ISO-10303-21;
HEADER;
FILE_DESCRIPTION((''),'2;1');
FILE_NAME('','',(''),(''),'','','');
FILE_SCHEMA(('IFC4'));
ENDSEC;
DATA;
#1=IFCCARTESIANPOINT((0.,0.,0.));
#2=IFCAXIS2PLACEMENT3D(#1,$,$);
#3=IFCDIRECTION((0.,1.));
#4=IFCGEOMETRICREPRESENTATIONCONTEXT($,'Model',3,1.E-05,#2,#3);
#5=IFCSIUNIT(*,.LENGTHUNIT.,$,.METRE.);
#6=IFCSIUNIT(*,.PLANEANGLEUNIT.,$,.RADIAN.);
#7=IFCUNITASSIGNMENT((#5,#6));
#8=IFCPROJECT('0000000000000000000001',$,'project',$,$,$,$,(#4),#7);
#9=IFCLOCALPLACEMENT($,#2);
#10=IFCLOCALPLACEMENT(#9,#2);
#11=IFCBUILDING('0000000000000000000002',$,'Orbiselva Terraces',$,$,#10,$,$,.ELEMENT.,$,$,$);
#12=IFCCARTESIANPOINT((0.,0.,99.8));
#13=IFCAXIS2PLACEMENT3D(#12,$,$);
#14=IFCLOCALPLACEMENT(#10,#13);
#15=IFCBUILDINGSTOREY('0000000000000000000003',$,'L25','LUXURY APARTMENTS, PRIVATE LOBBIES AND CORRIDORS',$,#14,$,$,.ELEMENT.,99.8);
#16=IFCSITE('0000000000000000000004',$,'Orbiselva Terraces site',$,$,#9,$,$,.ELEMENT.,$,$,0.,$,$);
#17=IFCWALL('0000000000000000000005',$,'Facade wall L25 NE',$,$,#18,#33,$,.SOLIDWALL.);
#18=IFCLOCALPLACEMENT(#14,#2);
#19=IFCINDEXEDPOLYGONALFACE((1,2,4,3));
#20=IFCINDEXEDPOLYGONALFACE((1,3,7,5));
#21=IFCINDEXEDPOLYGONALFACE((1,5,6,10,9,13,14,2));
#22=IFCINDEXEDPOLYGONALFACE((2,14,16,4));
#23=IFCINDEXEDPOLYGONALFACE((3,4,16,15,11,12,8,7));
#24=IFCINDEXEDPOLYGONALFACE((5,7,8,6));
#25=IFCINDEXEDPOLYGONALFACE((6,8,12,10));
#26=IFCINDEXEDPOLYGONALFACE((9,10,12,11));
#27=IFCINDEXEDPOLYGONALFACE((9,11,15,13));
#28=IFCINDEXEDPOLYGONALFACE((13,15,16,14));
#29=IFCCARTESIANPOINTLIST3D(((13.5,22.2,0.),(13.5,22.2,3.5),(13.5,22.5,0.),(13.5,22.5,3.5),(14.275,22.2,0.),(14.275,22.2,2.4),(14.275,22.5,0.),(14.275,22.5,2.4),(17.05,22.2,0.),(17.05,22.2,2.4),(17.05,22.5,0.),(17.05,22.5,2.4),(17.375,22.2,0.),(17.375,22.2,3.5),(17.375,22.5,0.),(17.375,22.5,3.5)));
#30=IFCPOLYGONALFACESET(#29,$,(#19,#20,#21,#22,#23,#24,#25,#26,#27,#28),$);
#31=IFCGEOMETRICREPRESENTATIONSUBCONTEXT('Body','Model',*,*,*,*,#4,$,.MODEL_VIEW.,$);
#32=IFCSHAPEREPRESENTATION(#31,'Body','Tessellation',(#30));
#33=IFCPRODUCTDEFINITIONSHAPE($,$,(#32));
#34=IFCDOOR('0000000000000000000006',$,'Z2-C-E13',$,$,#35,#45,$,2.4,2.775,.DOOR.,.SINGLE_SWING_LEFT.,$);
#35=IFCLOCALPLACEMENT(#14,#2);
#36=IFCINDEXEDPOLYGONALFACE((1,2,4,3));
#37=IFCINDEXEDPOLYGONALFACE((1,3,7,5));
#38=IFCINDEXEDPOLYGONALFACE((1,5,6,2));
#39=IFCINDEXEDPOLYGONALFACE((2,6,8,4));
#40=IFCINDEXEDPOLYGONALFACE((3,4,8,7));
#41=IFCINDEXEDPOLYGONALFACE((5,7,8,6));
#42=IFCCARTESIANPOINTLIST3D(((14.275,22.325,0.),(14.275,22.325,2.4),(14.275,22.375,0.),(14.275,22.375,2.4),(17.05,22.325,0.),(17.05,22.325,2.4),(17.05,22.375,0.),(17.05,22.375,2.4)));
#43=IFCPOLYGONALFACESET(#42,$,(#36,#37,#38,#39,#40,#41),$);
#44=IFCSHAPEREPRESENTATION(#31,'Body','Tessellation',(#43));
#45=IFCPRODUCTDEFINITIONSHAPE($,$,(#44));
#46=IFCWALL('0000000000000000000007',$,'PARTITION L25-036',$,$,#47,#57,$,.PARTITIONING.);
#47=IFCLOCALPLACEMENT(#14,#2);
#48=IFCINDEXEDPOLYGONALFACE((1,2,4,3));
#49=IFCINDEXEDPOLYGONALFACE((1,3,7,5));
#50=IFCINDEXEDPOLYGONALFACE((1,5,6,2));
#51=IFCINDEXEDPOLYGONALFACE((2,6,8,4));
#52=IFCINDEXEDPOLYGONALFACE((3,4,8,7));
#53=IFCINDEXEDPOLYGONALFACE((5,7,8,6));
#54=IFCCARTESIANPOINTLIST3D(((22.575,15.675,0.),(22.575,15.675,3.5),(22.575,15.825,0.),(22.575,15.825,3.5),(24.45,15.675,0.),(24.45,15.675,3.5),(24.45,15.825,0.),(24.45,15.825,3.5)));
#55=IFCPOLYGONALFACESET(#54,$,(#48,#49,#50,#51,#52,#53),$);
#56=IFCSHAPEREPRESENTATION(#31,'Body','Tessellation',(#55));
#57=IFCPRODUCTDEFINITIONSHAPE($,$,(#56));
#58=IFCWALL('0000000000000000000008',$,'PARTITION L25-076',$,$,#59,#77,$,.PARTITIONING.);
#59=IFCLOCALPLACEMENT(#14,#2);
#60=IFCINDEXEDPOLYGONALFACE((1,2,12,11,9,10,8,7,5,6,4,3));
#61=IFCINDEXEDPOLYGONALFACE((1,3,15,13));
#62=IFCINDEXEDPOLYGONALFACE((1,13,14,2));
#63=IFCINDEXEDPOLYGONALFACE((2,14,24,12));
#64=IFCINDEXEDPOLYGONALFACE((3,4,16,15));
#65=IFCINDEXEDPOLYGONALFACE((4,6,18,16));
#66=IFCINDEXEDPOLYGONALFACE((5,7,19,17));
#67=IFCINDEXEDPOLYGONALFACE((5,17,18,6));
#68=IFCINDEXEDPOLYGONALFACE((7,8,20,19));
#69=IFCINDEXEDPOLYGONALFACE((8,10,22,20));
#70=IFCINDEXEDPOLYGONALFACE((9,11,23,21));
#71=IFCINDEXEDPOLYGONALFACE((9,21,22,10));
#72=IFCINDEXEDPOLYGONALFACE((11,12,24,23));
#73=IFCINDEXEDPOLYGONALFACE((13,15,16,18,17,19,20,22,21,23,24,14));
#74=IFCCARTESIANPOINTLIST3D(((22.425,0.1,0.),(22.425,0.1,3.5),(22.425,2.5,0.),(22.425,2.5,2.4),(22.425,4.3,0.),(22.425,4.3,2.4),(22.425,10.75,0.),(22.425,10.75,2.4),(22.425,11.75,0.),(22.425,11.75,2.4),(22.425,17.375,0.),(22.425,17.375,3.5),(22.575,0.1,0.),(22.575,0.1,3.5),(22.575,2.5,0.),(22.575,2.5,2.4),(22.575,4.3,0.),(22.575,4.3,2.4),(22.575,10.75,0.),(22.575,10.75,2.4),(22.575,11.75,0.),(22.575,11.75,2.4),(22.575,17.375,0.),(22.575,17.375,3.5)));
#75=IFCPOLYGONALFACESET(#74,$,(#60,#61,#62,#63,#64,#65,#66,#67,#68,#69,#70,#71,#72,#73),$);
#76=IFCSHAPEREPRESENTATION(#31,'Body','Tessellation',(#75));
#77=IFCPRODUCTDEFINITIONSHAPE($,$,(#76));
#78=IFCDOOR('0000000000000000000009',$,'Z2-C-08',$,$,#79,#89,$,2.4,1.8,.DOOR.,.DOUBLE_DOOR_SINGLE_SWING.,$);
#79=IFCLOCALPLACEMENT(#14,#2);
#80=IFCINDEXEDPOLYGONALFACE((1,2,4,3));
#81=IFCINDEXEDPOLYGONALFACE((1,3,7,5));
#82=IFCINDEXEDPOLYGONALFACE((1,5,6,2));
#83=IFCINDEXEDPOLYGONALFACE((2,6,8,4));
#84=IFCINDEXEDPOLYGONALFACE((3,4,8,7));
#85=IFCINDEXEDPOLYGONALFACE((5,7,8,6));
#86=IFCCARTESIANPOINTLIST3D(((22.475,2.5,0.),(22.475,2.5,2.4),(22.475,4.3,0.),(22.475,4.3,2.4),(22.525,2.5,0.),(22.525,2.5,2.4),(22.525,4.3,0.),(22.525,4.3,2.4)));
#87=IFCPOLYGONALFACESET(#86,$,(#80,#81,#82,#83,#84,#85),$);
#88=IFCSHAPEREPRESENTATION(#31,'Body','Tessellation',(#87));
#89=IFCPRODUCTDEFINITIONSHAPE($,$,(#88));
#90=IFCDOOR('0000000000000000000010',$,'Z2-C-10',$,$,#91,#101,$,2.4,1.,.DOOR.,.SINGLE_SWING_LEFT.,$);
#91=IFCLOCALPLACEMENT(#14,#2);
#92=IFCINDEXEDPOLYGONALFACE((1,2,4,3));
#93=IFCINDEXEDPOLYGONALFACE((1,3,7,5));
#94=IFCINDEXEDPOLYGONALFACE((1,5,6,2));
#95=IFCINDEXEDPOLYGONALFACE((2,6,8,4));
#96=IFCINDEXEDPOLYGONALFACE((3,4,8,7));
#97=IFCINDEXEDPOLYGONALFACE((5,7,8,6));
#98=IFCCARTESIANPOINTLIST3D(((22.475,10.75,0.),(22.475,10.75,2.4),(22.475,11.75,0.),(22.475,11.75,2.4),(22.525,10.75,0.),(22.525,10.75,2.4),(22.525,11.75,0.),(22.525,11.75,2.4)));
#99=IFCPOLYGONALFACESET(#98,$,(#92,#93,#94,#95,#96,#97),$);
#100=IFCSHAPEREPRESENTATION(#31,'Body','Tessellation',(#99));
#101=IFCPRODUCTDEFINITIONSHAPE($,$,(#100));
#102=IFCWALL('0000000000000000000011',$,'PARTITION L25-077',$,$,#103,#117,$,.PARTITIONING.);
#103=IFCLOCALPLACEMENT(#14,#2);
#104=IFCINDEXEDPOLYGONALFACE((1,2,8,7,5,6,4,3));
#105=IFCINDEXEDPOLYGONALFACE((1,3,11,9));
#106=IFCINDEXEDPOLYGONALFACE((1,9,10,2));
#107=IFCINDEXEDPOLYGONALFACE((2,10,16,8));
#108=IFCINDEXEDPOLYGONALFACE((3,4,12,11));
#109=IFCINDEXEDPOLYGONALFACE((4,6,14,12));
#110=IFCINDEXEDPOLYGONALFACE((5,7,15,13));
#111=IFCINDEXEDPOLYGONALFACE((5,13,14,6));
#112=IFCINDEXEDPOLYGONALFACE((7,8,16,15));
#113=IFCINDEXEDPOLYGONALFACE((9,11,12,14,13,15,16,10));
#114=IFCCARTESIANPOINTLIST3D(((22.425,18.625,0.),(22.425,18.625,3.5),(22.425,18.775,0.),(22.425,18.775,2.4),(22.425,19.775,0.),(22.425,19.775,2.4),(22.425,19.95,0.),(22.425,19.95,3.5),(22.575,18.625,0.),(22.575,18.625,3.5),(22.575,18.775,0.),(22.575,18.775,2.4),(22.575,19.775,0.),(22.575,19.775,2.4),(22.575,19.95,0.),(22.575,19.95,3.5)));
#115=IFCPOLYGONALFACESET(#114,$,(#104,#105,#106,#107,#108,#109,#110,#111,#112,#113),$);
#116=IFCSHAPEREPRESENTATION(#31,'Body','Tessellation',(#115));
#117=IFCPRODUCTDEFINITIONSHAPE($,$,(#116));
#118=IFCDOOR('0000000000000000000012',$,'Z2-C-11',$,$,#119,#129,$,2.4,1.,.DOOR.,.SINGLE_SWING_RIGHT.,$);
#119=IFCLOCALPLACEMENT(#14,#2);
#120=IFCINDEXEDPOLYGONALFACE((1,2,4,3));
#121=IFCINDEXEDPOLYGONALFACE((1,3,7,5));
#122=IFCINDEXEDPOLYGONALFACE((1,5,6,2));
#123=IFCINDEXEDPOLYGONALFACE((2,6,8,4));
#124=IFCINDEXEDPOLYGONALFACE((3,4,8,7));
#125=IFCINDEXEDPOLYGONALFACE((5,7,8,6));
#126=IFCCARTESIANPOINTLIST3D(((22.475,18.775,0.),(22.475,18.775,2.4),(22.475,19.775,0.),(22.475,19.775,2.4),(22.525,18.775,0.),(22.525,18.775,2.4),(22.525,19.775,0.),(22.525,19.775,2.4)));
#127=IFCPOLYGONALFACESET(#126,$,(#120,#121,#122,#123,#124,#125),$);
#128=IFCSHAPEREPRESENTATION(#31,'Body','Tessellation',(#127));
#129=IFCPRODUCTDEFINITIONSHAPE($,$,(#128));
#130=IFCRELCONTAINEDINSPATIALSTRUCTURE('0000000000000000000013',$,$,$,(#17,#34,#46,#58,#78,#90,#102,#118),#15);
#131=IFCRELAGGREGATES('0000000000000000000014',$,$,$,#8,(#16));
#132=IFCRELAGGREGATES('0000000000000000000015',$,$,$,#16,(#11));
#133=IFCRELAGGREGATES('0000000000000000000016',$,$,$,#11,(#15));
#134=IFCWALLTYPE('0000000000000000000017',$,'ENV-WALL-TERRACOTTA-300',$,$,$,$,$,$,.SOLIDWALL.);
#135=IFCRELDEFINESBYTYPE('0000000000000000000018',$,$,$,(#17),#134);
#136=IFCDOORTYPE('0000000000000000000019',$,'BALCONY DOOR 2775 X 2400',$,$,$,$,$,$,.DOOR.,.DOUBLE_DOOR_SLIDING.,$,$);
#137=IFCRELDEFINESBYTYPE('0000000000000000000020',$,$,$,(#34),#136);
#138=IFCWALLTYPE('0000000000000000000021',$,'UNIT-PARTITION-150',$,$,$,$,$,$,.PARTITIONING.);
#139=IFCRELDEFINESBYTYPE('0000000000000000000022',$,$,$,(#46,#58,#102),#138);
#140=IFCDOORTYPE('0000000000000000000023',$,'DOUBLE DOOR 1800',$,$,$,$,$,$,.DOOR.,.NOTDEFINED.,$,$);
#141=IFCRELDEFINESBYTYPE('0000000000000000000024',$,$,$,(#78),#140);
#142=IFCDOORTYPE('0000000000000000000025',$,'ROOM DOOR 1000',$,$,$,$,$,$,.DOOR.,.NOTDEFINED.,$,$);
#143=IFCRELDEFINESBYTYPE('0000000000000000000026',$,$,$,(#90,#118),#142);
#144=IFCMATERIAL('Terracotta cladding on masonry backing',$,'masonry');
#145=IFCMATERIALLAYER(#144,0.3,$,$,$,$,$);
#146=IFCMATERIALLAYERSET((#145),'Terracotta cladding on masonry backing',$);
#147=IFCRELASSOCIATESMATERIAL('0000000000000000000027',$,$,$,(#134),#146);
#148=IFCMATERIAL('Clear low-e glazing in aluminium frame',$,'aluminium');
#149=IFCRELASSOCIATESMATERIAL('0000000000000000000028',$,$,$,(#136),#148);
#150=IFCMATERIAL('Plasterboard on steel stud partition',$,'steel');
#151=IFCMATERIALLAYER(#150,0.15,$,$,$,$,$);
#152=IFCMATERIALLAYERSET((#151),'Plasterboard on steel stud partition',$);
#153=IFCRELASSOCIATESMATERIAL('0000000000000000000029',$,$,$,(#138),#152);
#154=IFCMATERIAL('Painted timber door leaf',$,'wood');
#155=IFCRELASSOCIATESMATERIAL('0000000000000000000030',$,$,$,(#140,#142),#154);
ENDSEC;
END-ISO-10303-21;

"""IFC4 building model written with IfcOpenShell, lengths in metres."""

from ifc_helpers import new_model, si_unit, direction, frame, frame_2d, origin, place, context, subcontext, project, spatial, rectangle, extrude, material, layer, layer_set, type_object, element, fill, save


model = new_model("IFC4")

# Units and contexts
model_context = context("Model", 3, precision=1e-05, world=origin(), true_north=direction((0.0, 1.0)))
body_context = subcontext(model_context, "Body", "Model", "MODEL_VIEW")
ifc_project = project(units=[si_unit("LENGTHUNIT", "METRE"), si_unit("PLANEANGLEUNIT", "RADIAN")], contexts=[model_context])

# Site, building, storey
site_placement = place(None, origin())
site = spatial("IfcSite", under=ifc_project, at=site_placement, Name="Orbiselva Terraces site", CompositionType="ELEMENT", RefElevation=0.0)
building_placement = place(site_placement, origin())
building = spatial("IfcBuilding", under=site, at=building_placement, Name="Orbiselva Terraces", CompositionType="ELEMENT")
storey_placement = place(building_placement, frame((0.0, 0.0, 99.8)))
storey = spatial("IfcBuildingStorey", under=building, at=storey_placement, Name="L25", Description="LUXURY APARTMENTS, PRIVATE LOBBIES AND CORRIDORS", CompositionType="ELEMENT", Elevation=99.8)

# Shared definitions
ifc_material_1 = material(Name="Terracotta cladding on masonry backing", Category="masonry")
ifc_layer_1 = layer(ifc_material_1, 0.3)
ifc_layer_set_1 = layer_set([ifc_layer_1], Name="Terracotta cladding on masonry backing")
wall_type_1 = type_object("IfcWallType", Name="ENV-WALL-TERRACOTTA-300", PredefinedType="SOLIDWALL", material=ifc_layer_set_1)
ifc_material_2 = material(Name="Clear low-e glazing in aluminium frame", Category="aluminium")

# Wall, opening, door
wall_1_placement = place(storey_placement, frame((13.5, 22.35, 0.0), z_axis=(0.0, 0.0, 1.0), x_axis=(1.0, 0.0, 0.0)))
wall_1 = element("IfcWall", 1, at=wall_1_placement, inside=storey, type_object=wall_type_1, Name="Facade wall L25 NE", PredefinedType="SOLIDWALL", context=body_context, shape_type="SweptSolid", body=[
    extrude(rectangle(XDim=3.875, YDim=0.3, at=frame_2d((1.9375, 0.0))), origin(), (0.0, 0.0, 1.0), 3.5),
])
opening_1_placement = place(wall_1_placement, frame((0.775, 0.0, 0.0)))
opening_1 = element("IfcOpeningElement", 2, at=opening_1_placement, cuts=wall_1, PredefinedType="OPENING", context=body_context, shape_type="SweptSolid", body=[
    extrude(rectangle(XDim=2.775, YDim=2.4, at=frame_2d((1.3875, 1.2))), frame((0.0, 0.16, 0.0), z_axis=(0.0, -1.0, 0.0), x_axis=(1.0, 0.0, 0.0)), (0.0, 0.0, 1.0), 0.32),
])
door_type_1 = type_object("IfcDoorType", Name="BALCONY DOOR 2775 X 2400", OperationType="DOUBLE_DOOR_SLIDING", PredefinedType="DOOR", material=ifc_material_2)
door_1_placement = place(opening_1_placement, origin())
door_1 = element("IfcDoor", 3, at=door_1_placement, inside=storey, type_object=door_type_1, Name="Z2-C-E13", OperationType="SINGLE_SWING_LEFT", OverallHeight=2.4, OverallWidth=2.775, PredefinedType="DOOR", context=body_context, shape_type="SweptSolid", body=[
    extrude(rectangle(XDim=2.775, YDim=2.4, at=frame_2d((1.3875, 1.2))), frame((0.0, 0.025, 0.0), z_axis=(0.0, -1.0, 0.0), x_axis=(1.0, 0.0, 0.0)), (0.0, 0.0, 1.0), 0.05),
])
fill(opening_1, door_1)

# Wall
ifc_material_3 = material(Name="Plasterboard on steel stud partition", Category="steel")
ifc_layer_2 = layer(ifc_material_3, 0.15)
ifc_layer_set_2 = layer_set([ifc_layer_2], Name="Plasterboard on steel stud partition")
wall_type_2 = type_object("IfcWallType", Name="UNIT-PARTITION-150", PredefinedType="PARTITIONING", material=ifc_layer_set_2)
wall_2_placement = place(storey_placement, frame((22.575, 15.75, 0.0), z_axis=(0.0, 0.0, 1.0), x_axis=(1.0, 0.0, 0.0)))
element("IfcWall", 4, at=wall_2_placement, inside=storey, type_object=wall_type_2, Name="PARTITION L25-036", PredefinedType="PARTITIONING", context=body_context, shape_type="SweptSolid", body=[
    extrude(rectangle(XDim=1.875, YDim=0.15, at=frame_2d((0.9375, 0.0))), origin(), (0.0, 0.0, 1.0), 3.5),
])

# Wall, openings, doors
wall_3_placement = place(storey_placement, frame((22.5, 17.375, 0.0), z_axis=(0.0, 0.0, 1.0), x_axis=(0.0, -1.0, 0.0)))
wall_3 = element("IfcWall", 5, at=wall_3_placement, inside=storey, type_object=wall_type_2, Name="PARTITION L25-076", PredefinedType="PARTITIONING", context=body_context, shape_type="SweptSolid", body=[
    extrude(rectangle(XDim=17.275, YDim=0.15, at=frame_2d((8.6375, 0.0))), origin(), (0.0, 0.0, 1.0), 3.5),
])
opening_2_placement = place(wall_3_placement, frame((13.075, 0.0, 0.0)))
opening_2 = element("IfcOpeningElement", 6, at=opening_2_placement, cuts=wall_3, PredefinedType="OPENING", context=body_context, shape_type="SweptSolid", body=[
    extrude(rectangle(XDim=1.8, YDim=2.4, at=frame_2d((0.9, 1.2))), frame((0.0, 0.085, 0.0), z_axis=(0.0, -1.0, 0.0), x_axis=(1.0, 0.0, 0.0)), (0.0, 0.0, 1.0), 0.17),
])
opening_3_placement = place(wall_3_placement, frame((5.625, 0.0, 0.0)))
opening_3 = element("IfcOpeningElement", 7, at=opening_3_placement, cuts=wall_3, PredefinedType="OPENING", context=body_context, shape_type="SweptSolid", body=[
    extrude(rectangle(XDim=1.0, YDim=2.4, at=frame_2d((0.5, 1.2))), frame((0.0, 0.085, 0.0), z_axis=(0.0, -1.0, 0.0), x_axis=(1.0, 0.0, 0.0)), (0.0, 0.0, 1.0), 0.17),
])
ifc_material_4 = material(Name="Painted timber door leaf", Category="wood")
door_type_2 = type_object("IfcDoorType", Name="DOUBLE DOOR 1800", OperationType="NOTDEFINED", PredefinedType="DOOR", material=ifc_material_4)
door_2_placement = place(opening_2_placement, origin())
door_2 = element("IfcDoor", 8, at=door_2_placement, inside=storey, type_object=door_type_2, Name="Z2-C-08", OperationType="DOUBLE_DOOR_SINGLE_SWING", OverallHeight=2.4, OverallWidth=1.8, PredefinedType="DOOR", context=body_context, shape_type="SweptSolid", body=[
    extrude(rectangle(XDim=1.8, YDim=2.4, at=frame_2d((0.9, 1.2))), frame((0.0, 0.025, 0.0), z_axis=(0.0, -1.0, 0.0), x_axis=(1.0, 0.0, 0.0)), (0.0, 0.0, 1.0), 0.05),
])
fill(opening_2, door_2)
door_type_3 = type_object("IfcDoorType", Name="ROOM DOOR 1000", OperationType="NOTDEFINED", PredefinedType="DOOR", material=ifc_material_4)
door_3_placement = place(opening_3_placement, origin())
door_3 = element("IfcDoor", 9, at=door_3_placement, inside=storey, type_object=door_type_3, Name="Z2-C-10", OperationType="SINGLE_SWING_LEFT", OverallHeight=2.4, OverallWidth=1.0, PredefinedType="DOOR", context=body_context, shape_type="SweptSolid", body=[
    extrude(rectangle(XDim=1.0, YDim=2.4, at=frame_2d((0.5, 1.2))), frame((0.0, 0.025, 0.0), z_axis=(0.0, -1.0, 0.0), x_axis=(1.0, 0.0, 0.0)), (0.0, 0.0, 1.0), 0.05),
])
fill(opening_3, door_3)

# Wall, opening, door
wall_4_placement = place(storey_placement, frame((22.5, 19.95, 0.0), z_axis=(0.0, 0.0, 1.0), x_axis=(0.0, -1.0, 0.0)))
wall_4 = element("IfcWall", 10, at=wall_4_placement, inside=storey, type_object=wall_type_2, Name="PARTITION L25-077", PredefinedType="PARTITIONING", context=body_context, shape_type="SweptSolid", body=[
    extrude(rectangle(XDim=1.325, YDim=0.15, at=frame_2d((0.6625, 0.0))), origin(), (0.0, 0.0, 1.0), 3.5),
])
opening_4_placement = place(wall_4_placement, frame((0.175, 0.0, 0.0)))
opening_4 = element("IfcOpeningElement", 11, at=opening_4_placement, cuts=wall_4, PredefinedType="OPENING", context=body_context, shape_type="SweptSolid", body=[
    extrude(rectangle(XDim=1.0, YDim=2.4, at=frame_2d((0.5, 1.2))), frame((0.0, 0.085, 0.0), z_axis=(0.0, -1.0, 0.0), x_axis=(1.0, 0.0, 0.0)), (0.0, 0.0, 1.0), 0.17),
])
door_4_placement = place(opening_4_placement, origin())
door_4 = element("IfcDoor", 12, at=door_4_placement, inside=storey, type_object=door_type_3, Name="Z2-C-11", OperationType="SINGLE_SWING_RIGHT", OverallHeight=2.4, OverallWidth=1.0, PredefinedType="DOOR", context=body_context, shape_type="SweptSolid", body=[
    extrude(rectangle(XDim=1.0, YDim=2.4, at=frame_2d((0.5, 1.2))), frame((0.0, 0.025, 0.0), z_axis=(0.0, -1.0, 0.0), x_axis=(1.0, 0.0, 0.0)), (0.0, 0.0, 1.0), 0.05),
])
fill(opening_4, door_4)

save(model, "model.ifc")
